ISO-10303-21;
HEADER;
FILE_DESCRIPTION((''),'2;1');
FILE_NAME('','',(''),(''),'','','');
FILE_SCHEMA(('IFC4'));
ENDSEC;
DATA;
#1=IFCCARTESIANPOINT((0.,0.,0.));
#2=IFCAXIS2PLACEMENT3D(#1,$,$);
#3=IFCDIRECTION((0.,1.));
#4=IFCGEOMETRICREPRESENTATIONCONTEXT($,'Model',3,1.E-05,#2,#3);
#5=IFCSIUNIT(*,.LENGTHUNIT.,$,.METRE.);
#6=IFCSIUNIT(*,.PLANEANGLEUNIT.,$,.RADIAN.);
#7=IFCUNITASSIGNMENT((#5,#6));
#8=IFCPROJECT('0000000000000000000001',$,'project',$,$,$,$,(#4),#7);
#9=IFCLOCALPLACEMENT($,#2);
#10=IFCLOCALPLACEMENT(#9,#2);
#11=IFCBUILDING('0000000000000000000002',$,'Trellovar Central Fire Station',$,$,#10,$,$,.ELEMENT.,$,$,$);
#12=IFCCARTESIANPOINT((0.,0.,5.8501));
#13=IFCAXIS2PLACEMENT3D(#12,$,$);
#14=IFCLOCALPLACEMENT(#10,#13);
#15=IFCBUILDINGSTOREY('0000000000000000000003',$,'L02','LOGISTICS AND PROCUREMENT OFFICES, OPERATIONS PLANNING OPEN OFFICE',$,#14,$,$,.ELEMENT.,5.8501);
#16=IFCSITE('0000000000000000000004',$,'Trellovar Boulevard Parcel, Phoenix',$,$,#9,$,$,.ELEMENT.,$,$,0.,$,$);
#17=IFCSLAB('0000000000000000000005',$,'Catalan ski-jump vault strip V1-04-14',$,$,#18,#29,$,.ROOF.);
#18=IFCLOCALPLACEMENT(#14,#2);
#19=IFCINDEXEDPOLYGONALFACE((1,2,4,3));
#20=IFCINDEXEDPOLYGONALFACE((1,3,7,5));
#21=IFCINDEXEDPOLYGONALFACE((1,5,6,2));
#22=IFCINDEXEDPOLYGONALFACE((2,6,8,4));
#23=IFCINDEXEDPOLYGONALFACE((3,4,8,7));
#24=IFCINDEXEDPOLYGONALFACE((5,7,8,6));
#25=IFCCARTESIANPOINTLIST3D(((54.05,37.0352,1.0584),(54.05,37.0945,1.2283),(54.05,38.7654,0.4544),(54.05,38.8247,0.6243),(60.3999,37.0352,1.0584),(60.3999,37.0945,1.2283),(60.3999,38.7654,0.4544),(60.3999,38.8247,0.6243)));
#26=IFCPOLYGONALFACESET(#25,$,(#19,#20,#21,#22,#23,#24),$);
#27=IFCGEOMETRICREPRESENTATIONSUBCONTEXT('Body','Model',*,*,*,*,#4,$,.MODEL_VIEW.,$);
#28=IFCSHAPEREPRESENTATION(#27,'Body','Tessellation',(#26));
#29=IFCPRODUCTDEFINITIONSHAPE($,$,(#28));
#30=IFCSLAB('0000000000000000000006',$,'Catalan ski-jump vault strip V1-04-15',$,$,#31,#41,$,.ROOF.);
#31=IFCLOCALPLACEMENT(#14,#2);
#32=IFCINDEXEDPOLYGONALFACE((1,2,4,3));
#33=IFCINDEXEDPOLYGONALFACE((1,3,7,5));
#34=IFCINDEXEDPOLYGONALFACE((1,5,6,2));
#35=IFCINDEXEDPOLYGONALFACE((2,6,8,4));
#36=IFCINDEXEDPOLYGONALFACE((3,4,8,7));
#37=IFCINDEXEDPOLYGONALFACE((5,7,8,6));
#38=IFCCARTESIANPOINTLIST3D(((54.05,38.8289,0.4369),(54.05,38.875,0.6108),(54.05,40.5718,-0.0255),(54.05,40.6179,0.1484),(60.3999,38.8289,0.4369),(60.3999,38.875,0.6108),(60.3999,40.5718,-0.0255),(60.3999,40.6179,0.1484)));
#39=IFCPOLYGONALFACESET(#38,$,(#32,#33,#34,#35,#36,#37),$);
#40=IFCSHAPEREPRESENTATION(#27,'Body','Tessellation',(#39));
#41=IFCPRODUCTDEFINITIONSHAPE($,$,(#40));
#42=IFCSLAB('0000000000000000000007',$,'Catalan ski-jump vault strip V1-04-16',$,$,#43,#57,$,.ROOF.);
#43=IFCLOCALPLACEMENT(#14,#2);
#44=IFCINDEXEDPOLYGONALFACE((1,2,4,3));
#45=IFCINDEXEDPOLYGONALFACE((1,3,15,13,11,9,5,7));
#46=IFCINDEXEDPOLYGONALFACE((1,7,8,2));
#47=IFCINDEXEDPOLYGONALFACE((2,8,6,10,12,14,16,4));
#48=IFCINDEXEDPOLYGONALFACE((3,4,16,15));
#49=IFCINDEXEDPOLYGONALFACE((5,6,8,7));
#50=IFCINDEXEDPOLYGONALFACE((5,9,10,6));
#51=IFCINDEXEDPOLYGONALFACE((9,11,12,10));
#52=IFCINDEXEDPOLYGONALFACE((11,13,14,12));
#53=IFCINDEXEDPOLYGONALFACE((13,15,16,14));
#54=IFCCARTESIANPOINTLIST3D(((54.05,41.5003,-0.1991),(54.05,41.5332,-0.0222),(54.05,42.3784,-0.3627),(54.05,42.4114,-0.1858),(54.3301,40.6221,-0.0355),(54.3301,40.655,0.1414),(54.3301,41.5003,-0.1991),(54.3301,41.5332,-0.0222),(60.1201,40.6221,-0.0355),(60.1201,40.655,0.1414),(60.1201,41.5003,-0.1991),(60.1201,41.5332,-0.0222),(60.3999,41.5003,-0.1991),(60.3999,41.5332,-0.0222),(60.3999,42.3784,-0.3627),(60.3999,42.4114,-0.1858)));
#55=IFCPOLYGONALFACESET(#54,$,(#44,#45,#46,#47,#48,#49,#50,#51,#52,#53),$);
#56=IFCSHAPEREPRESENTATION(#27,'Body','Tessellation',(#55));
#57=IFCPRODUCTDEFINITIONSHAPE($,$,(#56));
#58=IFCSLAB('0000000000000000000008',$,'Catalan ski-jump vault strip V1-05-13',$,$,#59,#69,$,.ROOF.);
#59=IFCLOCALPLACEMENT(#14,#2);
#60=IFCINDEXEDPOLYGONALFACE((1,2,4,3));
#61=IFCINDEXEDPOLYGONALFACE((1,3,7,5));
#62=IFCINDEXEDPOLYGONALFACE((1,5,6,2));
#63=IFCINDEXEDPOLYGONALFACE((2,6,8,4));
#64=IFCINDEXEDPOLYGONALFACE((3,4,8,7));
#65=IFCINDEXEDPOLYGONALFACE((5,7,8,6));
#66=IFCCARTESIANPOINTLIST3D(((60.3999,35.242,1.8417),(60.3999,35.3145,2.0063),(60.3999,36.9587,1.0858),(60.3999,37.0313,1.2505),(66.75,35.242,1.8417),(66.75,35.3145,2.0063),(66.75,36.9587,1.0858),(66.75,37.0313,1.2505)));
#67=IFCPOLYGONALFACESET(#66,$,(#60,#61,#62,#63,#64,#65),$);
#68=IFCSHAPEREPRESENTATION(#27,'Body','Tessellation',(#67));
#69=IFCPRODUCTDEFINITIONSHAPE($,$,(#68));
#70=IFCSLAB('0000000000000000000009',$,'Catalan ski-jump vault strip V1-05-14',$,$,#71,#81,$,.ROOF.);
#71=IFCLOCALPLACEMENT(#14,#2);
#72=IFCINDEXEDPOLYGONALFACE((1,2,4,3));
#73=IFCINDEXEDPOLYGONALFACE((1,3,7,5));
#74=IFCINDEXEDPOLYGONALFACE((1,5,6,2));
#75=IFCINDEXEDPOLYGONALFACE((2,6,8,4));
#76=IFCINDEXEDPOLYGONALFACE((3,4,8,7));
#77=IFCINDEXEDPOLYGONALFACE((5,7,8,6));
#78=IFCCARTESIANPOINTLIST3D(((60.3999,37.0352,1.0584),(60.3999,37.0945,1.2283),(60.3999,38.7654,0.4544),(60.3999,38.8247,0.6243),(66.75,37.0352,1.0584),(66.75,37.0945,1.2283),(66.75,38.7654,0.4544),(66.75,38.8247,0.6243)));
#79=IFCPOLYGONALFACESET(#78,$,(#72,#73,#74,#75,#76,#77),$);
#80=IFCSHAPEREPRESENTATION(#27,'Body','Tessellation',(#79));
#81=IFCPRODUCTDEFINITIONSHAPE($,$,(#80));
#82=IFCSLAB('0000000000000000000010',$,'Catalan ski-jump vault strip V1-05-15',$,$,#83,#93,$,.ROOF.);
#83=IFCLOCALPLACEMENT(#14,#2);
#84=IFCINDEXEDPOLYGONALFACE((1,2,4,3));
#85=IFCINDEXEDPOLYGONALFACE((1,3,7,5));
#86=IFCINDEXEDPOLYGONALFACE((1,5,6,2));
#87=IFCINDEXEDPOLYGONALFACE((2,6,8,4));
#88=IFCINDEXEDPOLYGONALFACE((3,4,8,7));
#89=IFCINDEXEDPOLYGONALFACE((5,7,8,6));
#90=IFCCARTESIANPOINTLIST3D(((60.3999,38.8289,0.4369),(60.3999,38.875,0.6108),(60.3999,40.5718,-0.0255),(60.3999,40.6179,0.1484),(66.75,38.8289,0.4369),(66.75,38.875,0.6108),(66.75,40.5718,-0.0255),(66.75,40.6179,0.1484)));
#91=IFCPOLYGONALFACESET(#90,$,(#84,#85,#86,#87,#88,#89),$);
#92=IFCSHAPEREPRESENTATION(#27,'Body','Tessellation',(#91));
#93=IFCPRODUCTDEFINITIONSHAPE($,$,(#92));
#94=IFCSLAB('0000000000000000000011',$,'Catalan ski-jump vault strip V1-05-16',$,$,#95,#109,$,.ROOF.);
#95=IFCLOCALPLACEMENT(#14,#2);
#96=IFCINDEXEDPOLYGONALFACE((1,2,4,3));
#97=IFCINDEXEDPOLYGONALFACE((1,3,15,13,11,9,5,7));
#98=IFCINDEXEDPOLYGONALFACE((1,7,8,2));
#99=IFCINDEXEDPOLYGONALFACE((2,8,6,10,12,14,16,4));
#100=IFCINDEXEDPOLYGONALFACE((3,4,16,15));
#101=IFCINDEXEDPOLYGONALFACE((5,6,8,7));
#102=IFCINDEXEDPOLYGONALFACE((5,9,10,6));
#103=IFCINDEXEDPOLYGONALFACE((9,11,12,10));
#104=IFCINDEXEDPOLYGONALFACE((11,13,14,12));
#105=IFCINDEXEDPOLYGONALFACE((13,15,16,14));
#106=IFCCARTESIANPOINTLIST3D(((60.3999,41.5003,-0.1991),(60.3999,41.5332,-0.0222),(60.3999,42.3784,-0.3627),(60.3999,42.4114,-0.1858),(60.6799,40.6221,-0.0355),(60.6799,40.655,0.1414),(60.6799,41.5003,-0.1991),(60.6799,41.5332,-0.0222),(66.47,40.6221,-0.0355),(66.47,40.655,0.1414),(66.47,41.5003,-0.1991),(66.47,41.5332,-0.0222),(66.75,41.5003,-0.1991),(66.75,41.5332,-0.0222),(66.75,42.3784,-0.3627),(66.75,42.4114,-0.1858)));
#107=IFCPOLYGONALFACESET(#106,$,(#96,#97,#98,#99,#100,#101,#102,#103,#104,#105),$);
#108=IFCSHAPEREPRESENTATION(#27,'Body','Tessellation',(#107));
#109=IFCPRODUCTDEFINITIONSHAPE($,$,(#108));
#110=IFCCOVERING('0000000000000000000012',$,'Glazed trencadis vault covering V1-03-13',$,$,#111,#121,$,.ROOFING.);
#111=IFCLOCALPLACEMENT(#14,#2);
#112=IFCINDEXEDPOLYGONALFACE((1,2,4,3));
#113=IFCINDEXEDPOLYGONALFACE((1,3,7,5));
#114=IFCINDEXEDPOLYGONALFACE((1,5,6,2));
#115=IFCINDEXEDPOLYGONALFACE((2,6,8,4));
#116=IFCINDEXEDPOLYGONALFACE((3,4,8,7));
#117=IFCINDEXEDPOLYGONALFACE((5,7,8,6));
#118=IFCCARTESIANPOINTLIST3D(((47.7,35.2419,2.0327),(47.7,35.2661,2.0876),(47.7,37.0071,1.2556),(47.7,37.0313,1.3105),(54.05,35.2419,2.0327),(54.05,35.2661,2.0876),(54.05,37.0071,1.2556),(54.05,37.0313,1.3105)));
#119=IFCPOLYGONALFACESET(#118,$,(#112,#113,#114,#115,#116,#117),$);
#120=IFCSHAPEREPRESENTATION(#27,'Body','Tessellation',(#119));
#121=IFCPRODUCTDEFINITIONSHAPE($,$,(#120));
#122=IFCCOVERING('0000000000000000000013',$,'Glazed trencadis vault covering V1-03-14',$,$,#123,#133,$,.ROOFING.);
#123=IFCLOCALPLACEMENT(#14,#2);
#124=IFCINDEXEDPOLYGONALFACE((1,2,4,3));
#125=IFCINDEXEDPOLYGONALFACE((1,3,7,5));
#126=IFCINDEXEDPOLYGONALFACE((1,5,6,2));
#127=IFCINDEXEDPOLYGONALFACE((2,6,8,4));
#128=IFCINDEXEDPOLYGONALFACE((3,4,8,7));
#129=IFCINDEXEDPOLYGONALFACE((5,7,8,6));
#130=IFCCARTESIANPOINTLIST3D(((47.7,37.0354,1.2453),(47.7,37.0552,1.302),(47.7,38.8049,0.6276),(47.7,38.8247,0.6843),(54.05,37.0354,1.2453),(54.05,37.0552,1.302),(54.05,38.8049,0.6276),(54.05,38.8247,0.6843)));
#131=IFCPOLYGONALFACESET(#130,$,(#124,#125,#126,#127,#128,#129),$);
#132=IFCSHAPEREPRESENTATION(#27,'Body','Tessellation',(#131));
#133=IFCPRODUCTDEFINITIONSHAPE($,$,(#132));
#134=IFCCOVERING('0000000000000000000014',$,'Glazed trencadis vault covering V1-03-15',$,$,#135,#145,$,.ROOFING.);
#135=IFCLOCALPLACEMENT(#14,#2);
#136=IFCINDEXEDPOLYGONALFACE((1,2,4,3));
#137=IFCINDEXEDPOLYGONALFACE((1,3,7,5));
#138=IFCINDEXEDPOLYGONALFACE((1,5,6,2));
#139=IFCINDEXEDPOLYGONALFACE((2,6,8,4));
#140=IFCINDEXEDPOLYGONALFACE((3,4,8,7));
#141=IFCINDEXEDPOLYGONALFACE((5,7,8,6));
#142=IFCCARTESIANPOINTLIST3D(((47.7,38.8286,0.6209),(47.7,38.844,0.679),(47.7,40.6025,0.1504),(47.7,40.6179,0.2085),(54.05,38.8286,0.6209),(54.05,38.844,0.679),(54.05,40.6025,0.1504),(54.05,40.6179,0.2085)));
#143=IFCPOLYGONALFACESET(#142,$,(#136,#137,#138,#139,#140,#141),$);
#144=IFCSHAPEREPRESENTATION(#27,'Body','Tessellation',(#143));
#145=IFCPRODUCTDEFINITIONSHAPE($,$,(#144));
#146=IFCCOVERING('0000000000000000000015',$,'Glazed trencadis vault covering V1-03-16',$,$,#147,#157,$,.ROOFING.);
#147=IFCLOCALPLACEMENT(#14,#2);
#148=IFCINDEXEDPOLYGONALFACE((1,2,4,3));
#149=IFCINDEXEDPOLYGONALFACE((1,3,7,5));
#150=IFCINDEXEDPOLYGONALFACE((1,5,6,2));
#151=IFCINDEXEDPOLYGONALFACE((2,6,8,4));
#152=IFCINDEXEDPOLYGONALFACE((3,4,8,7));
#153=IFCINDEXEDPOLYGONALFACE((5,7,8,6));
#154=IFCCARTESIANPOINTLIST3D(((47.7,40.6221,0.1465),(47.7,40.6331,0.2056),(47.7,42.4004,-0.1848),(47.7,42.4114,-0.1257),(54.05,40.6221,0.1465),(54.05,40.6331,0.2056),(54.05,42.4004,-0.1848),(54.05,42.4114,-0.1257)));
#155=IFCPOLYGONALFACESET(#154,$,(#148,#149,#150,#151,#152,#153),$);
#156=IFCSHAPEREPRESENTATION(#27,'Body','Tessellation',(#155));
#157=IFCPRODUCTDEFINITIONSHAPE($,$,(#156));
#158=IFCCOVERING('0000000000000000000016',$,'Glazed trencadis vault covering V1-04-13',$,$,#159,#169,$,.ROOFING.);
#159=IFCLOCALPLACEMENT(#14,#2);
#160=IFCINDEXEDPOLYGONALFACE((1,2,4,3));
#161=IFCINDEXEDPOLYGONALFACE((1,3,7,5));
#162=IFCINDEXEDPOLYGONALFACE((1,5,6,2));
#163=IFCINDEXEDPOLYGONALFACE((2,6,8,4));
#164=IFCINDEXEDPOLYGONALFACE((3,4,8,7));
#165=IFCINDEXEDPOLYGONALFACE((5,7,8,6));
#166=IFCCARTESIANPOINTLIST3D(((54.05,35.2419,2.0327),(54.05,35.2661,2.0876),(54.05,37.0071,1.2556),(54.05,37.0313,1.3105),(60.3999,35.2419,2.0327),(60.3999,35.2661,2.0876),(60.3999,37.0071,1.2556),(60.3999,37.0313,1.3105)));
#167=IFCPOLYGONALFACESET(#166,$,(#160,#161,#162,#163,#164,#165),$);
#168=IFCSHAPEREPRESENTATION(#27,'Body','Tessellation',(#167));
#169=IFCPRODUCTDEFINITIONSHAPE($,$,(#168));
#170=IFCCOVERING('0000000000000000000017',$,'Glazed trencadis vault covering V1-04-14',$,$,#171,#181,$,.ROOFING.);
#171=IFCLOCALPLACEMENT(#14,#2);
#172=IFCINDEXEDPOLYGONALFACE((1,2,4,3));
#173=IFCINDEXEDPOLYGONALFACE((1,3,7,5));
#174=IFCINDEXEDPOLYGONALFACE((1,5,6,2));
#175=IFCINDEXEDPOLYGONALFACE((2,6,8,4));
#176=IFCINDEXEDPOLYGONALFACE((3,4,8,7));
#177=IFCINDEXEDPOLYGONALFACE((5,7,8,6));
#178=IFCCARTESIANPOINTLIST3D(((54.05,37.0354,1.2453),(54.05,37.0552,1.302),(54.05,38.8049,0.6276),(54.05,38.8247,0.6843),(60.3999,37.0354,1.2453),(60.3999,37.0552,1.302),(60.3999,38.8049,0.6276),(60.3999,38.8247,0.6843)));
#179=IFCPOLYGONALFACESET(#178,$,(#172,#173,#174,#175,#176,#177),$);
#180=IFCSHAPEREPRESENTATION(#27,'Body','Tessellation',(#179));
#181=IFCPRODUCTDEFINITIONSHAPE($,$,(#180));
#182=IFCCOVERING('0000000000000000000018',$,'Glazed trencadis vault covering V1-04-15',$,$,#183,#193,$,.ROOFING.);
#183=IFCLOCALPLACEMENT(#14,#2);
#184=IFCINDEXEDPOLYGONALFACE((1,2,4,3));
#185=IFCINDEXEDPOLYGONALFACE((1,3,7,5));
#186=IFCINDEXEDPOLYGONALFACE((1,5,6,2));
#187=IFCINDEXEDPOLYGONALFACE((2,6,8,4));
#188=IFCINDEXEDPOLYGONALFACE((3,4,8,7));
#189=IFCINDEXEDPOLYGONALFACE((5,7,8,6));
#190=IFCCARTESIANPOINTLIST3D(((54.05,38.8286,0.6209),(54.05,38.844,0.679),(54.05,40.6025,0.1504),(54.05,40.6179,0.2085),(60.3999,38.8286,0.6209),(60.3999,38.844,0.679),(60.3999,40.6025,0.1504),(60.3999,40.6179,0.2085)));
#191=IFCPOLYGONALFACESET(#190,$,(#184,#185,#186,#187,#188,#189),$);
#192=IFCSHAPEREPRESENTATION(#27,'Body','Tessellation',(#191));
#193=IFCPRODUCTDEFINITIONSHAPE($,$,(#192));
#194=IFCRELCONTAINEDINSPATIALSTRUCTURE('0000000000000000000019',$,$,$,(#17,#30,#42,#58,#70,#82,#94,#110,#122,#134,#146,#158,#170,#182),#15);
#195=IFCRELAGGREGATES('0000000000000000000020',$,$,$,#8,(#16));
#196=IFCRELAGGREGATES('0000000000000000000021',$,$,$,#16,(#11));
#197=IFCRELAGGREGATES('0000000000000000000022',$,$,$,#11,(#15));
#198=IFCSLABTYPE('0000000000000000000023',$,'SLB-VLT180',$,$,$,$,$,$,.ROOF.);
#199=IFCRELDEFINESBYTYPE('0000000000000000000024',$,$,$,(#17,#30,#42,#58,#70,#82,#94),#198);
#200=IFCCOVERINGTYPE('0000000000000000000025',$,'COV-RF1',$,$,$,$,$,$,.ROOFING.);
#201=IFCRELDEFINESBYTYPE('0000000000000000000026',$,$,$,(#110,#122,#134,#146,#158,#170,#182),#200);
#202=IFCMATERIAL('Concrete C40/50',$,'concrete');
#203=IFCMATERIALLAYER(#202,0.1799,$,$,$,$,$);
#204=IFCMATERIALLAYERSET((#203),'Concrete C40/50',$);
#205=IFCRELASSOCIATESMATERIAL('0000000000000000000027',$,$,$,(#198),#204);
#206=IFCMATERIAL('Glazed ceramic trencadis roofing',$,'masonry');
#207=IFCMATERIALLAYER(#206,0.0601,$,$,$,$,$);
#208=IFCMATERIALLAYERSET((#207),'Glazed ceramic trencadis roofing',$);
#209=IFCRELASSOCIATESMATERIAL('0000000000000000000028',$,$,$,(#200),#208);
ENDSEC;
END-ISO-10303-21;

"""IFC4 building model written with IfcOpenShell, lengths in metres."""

from ifc_helpers import new_model, si_unit, direction, frame, origin, place, context, subcontext, project, spatial, polyline, outline, extrude, material, layer, layer_set, type_object, element, save


model = new_model("IFC4")

# Units and contexts
model_context = context("Model", 3, precision=1e-05, world=origin(), true_north=direction((0.0, 1.0)))
body_context = subcontext(model_context, "Body", "Model", "MODEL_VIEW")
ifc_project = project(units=[si_unit("LENGTHUNIT", "METRE"), si_unit("PLANEANGLEUNIT", "RADIAN")], contexts=[model_context])

# Site, building, storey
site_placement = place(None, origin())
site = spatial("IfcSite", under=ifc_project, at=site_placement, Name="Trellovar Boulevard Parcel, Phoenix", CompositionType="ELEMENT", RefElevation=0.0)
building_placement = place(site_placement, origin())
building = spatial("IfcBuilding", under=site, at=building_placement, Name="Trellovar Central Fire Station", CompositionType="ELEMENT")
storey_placement = place(building_placement, frame((0.0, 0.0, 5.8501)))
storey = spatial("IfcBuildingStorey", under=building, at=storey_placement, Name="L02", Description="LOGISTICS AND PROCUREMENT OFFICES, OPERATIONS PLANNING OPEN OFFICE", CompositionType="ELEMENT", Elevation=5.8501)

# Slabs
ifc_material_1 = material(Name="Concrete C40/50", Category="concrete")
ifc_layer_1 = layer(ifc_material_1, 0.1799)
ifc_layer_set_1 = layer_set([ifc_layer_1], Name="Concrete C40/50")
slab_type = type_object("IfcSlabType", Name="SLB-VLT180", PredefinedType="ROOF", material=ifc_layer_set_1)
slab_1_placement = place(storey_placement, frame((54.05, 37.0945, 1.2283), z_axis=(0.0, 0.329585, 0.944126), x_axis=(1.0, 0.0, 0.0)))
element("IfcSlab", 1, at=slab_1_placement, inside=storey, type_object=slab_type, Name="Catalan ski-jump vault strip V1-04-14", PredefinedType="ROOF", context=body_context, shape_type="SweptSolid", body=[
    extrude(outline(polyline([(0.0, 0.0), (6.3499, 0.0), (6.3499, 1.8326), (0.0, 1.8326), (0.0, 0.0)])), origin(), (0.0, 0.0, -1.0), 0.1799),
])
slab_2_placement = place(storey_placement, frame((54.05, 38.875, 0.6108), z_axis=(0.0, 0.256432, 0.966562), x_axis=(1.0, 0.0, 0.0)))
element("IfcSlab", 2, at=slab_2_placement, inside=storey, type_object=slab_type, Name="Catalan ski-jump vault strip V1-04-15", PredefinedType="ROOF", context=body_context, shape_type="SweptSolid", body=[
    extrude(outline(polyline([(0.0, 0.0), (6.3499, 0.0), (6.3499, 1.8032), (0.0, 1.8032), (0.0, 0.0)])), origin(), (0.0, 0.0, -1.0), 0.1799),
])
slab_3_placement = place(storey_placement, frame((54.3301, 40.655, 0.1414), z_axis=(0.0, 0.183117, 0.983091), x_axis=(1.0, 0.0, 0.0)))
element("IfcSlab", 3, at=slab_3_placement, inside=storey, type_object=slab_type, Name="Catalan ski-jump vault strip V1-04-16", PredefinedType="ROOF", context=body_context, shape_type="SweptSolid", body=[
    extrude(outline(polyline([(0.0, 0.0), (5.79, 0.0), (5.79, 0.8933), (6.0698, 0.8933), (6.0698, 1.7866), (-0.28, 1.7866), (-0.28, 0.8933), (0.0, 0.8933), (0.0, 0.0)])), origin(), (0.0, 0.0, -1.0), 0.1799),
])
slab_4_placement = place(storey_placement, frame((60.3999, 35.3145, 2.0063), z_axis=(0.0, 0.402948, 0.915223), x_axis=(1.0, 0.0, 0.0)))
element("IfcSlab", 4, at=slab_4_placement, inside=storey, type_object=slab_type, Name="Catalan ski-jump vault strip V1-05-13", PredefinedType="ROOF", context=body_context, shape_type="SweptSolid", body=[
    extrude(outline(polyline([(0.0, 0.0), (6.3501, 0.0), (6.3501, 1.8758), (0.0, 1.8758), (0.0, 0.0)])), origin(), (0.0, 0.0, -1.0), 0.1799),
])
slab_5_placement = place(storey_placement, frame((60.3999, 37.0945, 1.2283), z_axis=(0.0, 0.329585, 0.944126), x_axis=(1.0, 0.0, 0.0)))
element("IfcSlab", 5, at=slab_5_placement, inside=storey, type_object=slab_type, Name="Catalan ski-jump vault strip V1-05-14", PredefinedType="ROOF", context=body_context, shape_type="SweptSolid", body=[
    extrude(outline(polyline([(0.0, 0.0), (6.3501, 0.0), (6.3501, 1.8326), (0.0, 1.8326), (0.0, 0.0)])), origin(), (0.0, 0.0, -1.0), 0.1799),
])
slab_6_placement = place(storey_placement, frame((60.3999, 38.875, 0.6108), z_axis=(0.0, 0.256432, 0.966562), x_axis=(1.0, 0.0, 0.0)))
element("IfcSlab", 6, at=slab_6_placement, inside=storey, type_object=slab_type, Name="Catalan ski-jump vault strip V1-05-15", PredefinedType="ROOF", context=body_context, shape_type="SweptSolid", body=[
    extrude(outline(polyline([(0.0, 0.0), (6.3501, 0.0), (6.3501, 1.8032), (0.0, 1.8032), (0.0, 0.0)])), origin(), (0.0, 0.0, -1.0), 0.1799),
])
slab_7_placement = place(storey_placement, frame((60.6799, 40.655, 0.1414), z_axis=(0.0, 0.183117, 0.983091), x_axis=(1.0, 0.0, 0.0)))
element("IfcSlab", 7, at=slab_7_placement, inside=storey, type_object=slab_type, Name="Catalan ski-jump vault strip V1-05-16", PredefinedType="ROOF", context=body_context, shape_type="SweptSolid", body=[
    extrude(outline(polyline([(0.0, 0.0), (5.79, 0.0), (5.79, 0.8933), (6.0701, 0.8933), (6.0701, 1.7866), (-0.28, 1.7866), (-0.28, 0.8933), (0.0, 0.8933), (0.0, 0.0)])), origin(), (0.0, 0.0, -1.0), 0.1799),
])

# Coverings
ifc_material_2 = material(Name="Glazed ceramic trencadis roofing", Category="masonry")
ifc_layer_2 = layer(ifc_material_2, 0.0601)
ifc_layer_set_2 = layer_set([ifc_layer_2], Name="Glazed ceramic trencadis roofing")
covering_type = type_object("IfcCoveringType", Name="COV-RF1", PredefinedType="ROOFING", material=ifc_layer_set_2)
covering_1_placement = place(storey_placement, frame((47.7, 35.2661, 2.0876), z_axis=(0.0, 0.40293, 0.915231), x_axis=(1.0, 0.0, 0.0)))
element("IfcCovering", 8, at=covering_1_placement, inside=storey, type_object=covering_type, Name="Glazed trencadis vault covering V1-03-13", PredefinedType="ROOFING", context=body_context, shape_type="SweptSolid", body=[
    extrude(outline(polyline([(0.0, 0.0), (6.3501, 0.0), (6.3501, 1.9286), (0.0, 1.9286), (0.0, 0.0)])), origin(), (0.0, 0.0, -1.0), 0.0601),
])
covering_2_placement = place(storey_placement, frame((47.7, 37.0552, 1.302), z_axis=(0.0, 0.329561, 0.944134), x_axis=(1.0, 0.0, 0.0)))
element("IfcCovering", 9, at=covering_2_placement, inside=storey, type_object=covering_type, Name="Glazed trencadis vault covering V1-03-14", PredefinedType="ROOFING", context=body_context, shape_type="SweptSolid", body=[
    extrude(outline(polyline([(0.0, 0.0), (6.3501, 0.0), (6.3501, 1.8742), (0.0, 1.8742), (0.0, 0.0)])), origin(), (0.0, 0.0, -1.0), 0.0601),
])
covering_3_placement = place(storey_placement, frame((47.7, 38.844, 0.679), z_axis=(0.0, 0.256346, 0.966585), x_axis=(1.0, 0.0, 0.0)))
element("IfcCovering", 10, at=covering_3_placement, inside=storey, type_object=covering_type, Name="Glazed trencadis vault covering V1-03-15", PredefinedType="ROOFING", context=body_context, shape_type="SweptSolid", body=[
    extrude(outline(polyline([(0.0, 0.0), (6.3501, 0.0), (6.3501, 1.8353), (0.0, 1.8353), (0.0, 0.0)])), origin(), (0.0, 0.0, -1.0), 0.0601),
])
covering_4_placement = place(storey_placement, frame((47.7, 40.6331, 0.2056), z_axis=(0.0, 0.183148, 0.983085), x_axis=(1.0, 0.0, 0.0)))
element("IfcCovering", 11, at=covering_4_placement, inside=storey, type_object=covering_type, Name="Glazed trencadis vault covering V1-03-16", PredefinedType="ROOFING", context=body_context, shape_type="SweptSolid", body=[
    extrude(outline(polyline([(0.0, 0.0), (6.3501, 0.0), (6.3501, 1.8089), (0.0, 1.8089), (0.0, 0.0)])), origin(), (0.0, 0.0, -1.0), 0.0601),
])
covering_5_placement = place(storey_placement, frame((54.05, 35.2661, 2.0876), z_axis=(0.0, 0.40293, 0.915231), x_axis=(1.0, 0.0, 0.0)))
element("IfcCovering", 12, at=covering_5_placement, inside=storey, type_object=covering_type, Name="Glazed trencadis vault covering V1-04-13", PredefinedType="ROOFING", context=body_context, shape_type="SweptSolid", body=[
    extrude(outline(polyline([(0.0, 0.0), (6.3499, 0.0), (6.3499, 1.9286), (0.0, 1.9286), (0.0, 0.0)])), origin(), (0.0, 0.0, -1.0), 0.0601),
])
covering_6_placement = place(storey_placement, frame((54.05, 37.0552, 1.302), z_axis=(0.0, 0.329561, 0.944134), x_axis=(1.0, 0.0, 0.0)))
element("IfcCovering", 13, at=covering_6_placement, inside=storey, type_object=covering_type, Name="Glazed trencadis vault covering V1-04-14", PredefinedType="ROOFING", context=body_context, shape_type="SweptSolid", body=[
    extrude(outline(polyline([(0.0, 0.0), (6.3499, 0.0), (6.3499, 1.8742), (0.0, 1.8742), (0.0, 0.0)])), origin(), (0.0, 0.0, -1.0), 0.0601),
])
covering_7_placement = place(storey_placement, frame((54.05, 38.844, 0.679), z_axis=(0.0, 0.256346, 0.966585), x_axis=(1.0, 0.0, 0.0)))
element("IfcCovering", 14, at=covering_7_placement, inside=storey, type_object=covering_type, Name="Glazed trencadis vault covering V1-04-15", PredefinedType="ROOFING", context=body_context, shape_type="SweptSolid", body=[
    extrude(outline(polyline([(0.0, 0.0), (6.3499, 0.0), (6.3499, 1.8353), (0.0, 1.8353), (0.0, 0.0)])), origin(), (0.0, 0.0, -1.0), 0.0601),
])

save(model, "model.ifc")
